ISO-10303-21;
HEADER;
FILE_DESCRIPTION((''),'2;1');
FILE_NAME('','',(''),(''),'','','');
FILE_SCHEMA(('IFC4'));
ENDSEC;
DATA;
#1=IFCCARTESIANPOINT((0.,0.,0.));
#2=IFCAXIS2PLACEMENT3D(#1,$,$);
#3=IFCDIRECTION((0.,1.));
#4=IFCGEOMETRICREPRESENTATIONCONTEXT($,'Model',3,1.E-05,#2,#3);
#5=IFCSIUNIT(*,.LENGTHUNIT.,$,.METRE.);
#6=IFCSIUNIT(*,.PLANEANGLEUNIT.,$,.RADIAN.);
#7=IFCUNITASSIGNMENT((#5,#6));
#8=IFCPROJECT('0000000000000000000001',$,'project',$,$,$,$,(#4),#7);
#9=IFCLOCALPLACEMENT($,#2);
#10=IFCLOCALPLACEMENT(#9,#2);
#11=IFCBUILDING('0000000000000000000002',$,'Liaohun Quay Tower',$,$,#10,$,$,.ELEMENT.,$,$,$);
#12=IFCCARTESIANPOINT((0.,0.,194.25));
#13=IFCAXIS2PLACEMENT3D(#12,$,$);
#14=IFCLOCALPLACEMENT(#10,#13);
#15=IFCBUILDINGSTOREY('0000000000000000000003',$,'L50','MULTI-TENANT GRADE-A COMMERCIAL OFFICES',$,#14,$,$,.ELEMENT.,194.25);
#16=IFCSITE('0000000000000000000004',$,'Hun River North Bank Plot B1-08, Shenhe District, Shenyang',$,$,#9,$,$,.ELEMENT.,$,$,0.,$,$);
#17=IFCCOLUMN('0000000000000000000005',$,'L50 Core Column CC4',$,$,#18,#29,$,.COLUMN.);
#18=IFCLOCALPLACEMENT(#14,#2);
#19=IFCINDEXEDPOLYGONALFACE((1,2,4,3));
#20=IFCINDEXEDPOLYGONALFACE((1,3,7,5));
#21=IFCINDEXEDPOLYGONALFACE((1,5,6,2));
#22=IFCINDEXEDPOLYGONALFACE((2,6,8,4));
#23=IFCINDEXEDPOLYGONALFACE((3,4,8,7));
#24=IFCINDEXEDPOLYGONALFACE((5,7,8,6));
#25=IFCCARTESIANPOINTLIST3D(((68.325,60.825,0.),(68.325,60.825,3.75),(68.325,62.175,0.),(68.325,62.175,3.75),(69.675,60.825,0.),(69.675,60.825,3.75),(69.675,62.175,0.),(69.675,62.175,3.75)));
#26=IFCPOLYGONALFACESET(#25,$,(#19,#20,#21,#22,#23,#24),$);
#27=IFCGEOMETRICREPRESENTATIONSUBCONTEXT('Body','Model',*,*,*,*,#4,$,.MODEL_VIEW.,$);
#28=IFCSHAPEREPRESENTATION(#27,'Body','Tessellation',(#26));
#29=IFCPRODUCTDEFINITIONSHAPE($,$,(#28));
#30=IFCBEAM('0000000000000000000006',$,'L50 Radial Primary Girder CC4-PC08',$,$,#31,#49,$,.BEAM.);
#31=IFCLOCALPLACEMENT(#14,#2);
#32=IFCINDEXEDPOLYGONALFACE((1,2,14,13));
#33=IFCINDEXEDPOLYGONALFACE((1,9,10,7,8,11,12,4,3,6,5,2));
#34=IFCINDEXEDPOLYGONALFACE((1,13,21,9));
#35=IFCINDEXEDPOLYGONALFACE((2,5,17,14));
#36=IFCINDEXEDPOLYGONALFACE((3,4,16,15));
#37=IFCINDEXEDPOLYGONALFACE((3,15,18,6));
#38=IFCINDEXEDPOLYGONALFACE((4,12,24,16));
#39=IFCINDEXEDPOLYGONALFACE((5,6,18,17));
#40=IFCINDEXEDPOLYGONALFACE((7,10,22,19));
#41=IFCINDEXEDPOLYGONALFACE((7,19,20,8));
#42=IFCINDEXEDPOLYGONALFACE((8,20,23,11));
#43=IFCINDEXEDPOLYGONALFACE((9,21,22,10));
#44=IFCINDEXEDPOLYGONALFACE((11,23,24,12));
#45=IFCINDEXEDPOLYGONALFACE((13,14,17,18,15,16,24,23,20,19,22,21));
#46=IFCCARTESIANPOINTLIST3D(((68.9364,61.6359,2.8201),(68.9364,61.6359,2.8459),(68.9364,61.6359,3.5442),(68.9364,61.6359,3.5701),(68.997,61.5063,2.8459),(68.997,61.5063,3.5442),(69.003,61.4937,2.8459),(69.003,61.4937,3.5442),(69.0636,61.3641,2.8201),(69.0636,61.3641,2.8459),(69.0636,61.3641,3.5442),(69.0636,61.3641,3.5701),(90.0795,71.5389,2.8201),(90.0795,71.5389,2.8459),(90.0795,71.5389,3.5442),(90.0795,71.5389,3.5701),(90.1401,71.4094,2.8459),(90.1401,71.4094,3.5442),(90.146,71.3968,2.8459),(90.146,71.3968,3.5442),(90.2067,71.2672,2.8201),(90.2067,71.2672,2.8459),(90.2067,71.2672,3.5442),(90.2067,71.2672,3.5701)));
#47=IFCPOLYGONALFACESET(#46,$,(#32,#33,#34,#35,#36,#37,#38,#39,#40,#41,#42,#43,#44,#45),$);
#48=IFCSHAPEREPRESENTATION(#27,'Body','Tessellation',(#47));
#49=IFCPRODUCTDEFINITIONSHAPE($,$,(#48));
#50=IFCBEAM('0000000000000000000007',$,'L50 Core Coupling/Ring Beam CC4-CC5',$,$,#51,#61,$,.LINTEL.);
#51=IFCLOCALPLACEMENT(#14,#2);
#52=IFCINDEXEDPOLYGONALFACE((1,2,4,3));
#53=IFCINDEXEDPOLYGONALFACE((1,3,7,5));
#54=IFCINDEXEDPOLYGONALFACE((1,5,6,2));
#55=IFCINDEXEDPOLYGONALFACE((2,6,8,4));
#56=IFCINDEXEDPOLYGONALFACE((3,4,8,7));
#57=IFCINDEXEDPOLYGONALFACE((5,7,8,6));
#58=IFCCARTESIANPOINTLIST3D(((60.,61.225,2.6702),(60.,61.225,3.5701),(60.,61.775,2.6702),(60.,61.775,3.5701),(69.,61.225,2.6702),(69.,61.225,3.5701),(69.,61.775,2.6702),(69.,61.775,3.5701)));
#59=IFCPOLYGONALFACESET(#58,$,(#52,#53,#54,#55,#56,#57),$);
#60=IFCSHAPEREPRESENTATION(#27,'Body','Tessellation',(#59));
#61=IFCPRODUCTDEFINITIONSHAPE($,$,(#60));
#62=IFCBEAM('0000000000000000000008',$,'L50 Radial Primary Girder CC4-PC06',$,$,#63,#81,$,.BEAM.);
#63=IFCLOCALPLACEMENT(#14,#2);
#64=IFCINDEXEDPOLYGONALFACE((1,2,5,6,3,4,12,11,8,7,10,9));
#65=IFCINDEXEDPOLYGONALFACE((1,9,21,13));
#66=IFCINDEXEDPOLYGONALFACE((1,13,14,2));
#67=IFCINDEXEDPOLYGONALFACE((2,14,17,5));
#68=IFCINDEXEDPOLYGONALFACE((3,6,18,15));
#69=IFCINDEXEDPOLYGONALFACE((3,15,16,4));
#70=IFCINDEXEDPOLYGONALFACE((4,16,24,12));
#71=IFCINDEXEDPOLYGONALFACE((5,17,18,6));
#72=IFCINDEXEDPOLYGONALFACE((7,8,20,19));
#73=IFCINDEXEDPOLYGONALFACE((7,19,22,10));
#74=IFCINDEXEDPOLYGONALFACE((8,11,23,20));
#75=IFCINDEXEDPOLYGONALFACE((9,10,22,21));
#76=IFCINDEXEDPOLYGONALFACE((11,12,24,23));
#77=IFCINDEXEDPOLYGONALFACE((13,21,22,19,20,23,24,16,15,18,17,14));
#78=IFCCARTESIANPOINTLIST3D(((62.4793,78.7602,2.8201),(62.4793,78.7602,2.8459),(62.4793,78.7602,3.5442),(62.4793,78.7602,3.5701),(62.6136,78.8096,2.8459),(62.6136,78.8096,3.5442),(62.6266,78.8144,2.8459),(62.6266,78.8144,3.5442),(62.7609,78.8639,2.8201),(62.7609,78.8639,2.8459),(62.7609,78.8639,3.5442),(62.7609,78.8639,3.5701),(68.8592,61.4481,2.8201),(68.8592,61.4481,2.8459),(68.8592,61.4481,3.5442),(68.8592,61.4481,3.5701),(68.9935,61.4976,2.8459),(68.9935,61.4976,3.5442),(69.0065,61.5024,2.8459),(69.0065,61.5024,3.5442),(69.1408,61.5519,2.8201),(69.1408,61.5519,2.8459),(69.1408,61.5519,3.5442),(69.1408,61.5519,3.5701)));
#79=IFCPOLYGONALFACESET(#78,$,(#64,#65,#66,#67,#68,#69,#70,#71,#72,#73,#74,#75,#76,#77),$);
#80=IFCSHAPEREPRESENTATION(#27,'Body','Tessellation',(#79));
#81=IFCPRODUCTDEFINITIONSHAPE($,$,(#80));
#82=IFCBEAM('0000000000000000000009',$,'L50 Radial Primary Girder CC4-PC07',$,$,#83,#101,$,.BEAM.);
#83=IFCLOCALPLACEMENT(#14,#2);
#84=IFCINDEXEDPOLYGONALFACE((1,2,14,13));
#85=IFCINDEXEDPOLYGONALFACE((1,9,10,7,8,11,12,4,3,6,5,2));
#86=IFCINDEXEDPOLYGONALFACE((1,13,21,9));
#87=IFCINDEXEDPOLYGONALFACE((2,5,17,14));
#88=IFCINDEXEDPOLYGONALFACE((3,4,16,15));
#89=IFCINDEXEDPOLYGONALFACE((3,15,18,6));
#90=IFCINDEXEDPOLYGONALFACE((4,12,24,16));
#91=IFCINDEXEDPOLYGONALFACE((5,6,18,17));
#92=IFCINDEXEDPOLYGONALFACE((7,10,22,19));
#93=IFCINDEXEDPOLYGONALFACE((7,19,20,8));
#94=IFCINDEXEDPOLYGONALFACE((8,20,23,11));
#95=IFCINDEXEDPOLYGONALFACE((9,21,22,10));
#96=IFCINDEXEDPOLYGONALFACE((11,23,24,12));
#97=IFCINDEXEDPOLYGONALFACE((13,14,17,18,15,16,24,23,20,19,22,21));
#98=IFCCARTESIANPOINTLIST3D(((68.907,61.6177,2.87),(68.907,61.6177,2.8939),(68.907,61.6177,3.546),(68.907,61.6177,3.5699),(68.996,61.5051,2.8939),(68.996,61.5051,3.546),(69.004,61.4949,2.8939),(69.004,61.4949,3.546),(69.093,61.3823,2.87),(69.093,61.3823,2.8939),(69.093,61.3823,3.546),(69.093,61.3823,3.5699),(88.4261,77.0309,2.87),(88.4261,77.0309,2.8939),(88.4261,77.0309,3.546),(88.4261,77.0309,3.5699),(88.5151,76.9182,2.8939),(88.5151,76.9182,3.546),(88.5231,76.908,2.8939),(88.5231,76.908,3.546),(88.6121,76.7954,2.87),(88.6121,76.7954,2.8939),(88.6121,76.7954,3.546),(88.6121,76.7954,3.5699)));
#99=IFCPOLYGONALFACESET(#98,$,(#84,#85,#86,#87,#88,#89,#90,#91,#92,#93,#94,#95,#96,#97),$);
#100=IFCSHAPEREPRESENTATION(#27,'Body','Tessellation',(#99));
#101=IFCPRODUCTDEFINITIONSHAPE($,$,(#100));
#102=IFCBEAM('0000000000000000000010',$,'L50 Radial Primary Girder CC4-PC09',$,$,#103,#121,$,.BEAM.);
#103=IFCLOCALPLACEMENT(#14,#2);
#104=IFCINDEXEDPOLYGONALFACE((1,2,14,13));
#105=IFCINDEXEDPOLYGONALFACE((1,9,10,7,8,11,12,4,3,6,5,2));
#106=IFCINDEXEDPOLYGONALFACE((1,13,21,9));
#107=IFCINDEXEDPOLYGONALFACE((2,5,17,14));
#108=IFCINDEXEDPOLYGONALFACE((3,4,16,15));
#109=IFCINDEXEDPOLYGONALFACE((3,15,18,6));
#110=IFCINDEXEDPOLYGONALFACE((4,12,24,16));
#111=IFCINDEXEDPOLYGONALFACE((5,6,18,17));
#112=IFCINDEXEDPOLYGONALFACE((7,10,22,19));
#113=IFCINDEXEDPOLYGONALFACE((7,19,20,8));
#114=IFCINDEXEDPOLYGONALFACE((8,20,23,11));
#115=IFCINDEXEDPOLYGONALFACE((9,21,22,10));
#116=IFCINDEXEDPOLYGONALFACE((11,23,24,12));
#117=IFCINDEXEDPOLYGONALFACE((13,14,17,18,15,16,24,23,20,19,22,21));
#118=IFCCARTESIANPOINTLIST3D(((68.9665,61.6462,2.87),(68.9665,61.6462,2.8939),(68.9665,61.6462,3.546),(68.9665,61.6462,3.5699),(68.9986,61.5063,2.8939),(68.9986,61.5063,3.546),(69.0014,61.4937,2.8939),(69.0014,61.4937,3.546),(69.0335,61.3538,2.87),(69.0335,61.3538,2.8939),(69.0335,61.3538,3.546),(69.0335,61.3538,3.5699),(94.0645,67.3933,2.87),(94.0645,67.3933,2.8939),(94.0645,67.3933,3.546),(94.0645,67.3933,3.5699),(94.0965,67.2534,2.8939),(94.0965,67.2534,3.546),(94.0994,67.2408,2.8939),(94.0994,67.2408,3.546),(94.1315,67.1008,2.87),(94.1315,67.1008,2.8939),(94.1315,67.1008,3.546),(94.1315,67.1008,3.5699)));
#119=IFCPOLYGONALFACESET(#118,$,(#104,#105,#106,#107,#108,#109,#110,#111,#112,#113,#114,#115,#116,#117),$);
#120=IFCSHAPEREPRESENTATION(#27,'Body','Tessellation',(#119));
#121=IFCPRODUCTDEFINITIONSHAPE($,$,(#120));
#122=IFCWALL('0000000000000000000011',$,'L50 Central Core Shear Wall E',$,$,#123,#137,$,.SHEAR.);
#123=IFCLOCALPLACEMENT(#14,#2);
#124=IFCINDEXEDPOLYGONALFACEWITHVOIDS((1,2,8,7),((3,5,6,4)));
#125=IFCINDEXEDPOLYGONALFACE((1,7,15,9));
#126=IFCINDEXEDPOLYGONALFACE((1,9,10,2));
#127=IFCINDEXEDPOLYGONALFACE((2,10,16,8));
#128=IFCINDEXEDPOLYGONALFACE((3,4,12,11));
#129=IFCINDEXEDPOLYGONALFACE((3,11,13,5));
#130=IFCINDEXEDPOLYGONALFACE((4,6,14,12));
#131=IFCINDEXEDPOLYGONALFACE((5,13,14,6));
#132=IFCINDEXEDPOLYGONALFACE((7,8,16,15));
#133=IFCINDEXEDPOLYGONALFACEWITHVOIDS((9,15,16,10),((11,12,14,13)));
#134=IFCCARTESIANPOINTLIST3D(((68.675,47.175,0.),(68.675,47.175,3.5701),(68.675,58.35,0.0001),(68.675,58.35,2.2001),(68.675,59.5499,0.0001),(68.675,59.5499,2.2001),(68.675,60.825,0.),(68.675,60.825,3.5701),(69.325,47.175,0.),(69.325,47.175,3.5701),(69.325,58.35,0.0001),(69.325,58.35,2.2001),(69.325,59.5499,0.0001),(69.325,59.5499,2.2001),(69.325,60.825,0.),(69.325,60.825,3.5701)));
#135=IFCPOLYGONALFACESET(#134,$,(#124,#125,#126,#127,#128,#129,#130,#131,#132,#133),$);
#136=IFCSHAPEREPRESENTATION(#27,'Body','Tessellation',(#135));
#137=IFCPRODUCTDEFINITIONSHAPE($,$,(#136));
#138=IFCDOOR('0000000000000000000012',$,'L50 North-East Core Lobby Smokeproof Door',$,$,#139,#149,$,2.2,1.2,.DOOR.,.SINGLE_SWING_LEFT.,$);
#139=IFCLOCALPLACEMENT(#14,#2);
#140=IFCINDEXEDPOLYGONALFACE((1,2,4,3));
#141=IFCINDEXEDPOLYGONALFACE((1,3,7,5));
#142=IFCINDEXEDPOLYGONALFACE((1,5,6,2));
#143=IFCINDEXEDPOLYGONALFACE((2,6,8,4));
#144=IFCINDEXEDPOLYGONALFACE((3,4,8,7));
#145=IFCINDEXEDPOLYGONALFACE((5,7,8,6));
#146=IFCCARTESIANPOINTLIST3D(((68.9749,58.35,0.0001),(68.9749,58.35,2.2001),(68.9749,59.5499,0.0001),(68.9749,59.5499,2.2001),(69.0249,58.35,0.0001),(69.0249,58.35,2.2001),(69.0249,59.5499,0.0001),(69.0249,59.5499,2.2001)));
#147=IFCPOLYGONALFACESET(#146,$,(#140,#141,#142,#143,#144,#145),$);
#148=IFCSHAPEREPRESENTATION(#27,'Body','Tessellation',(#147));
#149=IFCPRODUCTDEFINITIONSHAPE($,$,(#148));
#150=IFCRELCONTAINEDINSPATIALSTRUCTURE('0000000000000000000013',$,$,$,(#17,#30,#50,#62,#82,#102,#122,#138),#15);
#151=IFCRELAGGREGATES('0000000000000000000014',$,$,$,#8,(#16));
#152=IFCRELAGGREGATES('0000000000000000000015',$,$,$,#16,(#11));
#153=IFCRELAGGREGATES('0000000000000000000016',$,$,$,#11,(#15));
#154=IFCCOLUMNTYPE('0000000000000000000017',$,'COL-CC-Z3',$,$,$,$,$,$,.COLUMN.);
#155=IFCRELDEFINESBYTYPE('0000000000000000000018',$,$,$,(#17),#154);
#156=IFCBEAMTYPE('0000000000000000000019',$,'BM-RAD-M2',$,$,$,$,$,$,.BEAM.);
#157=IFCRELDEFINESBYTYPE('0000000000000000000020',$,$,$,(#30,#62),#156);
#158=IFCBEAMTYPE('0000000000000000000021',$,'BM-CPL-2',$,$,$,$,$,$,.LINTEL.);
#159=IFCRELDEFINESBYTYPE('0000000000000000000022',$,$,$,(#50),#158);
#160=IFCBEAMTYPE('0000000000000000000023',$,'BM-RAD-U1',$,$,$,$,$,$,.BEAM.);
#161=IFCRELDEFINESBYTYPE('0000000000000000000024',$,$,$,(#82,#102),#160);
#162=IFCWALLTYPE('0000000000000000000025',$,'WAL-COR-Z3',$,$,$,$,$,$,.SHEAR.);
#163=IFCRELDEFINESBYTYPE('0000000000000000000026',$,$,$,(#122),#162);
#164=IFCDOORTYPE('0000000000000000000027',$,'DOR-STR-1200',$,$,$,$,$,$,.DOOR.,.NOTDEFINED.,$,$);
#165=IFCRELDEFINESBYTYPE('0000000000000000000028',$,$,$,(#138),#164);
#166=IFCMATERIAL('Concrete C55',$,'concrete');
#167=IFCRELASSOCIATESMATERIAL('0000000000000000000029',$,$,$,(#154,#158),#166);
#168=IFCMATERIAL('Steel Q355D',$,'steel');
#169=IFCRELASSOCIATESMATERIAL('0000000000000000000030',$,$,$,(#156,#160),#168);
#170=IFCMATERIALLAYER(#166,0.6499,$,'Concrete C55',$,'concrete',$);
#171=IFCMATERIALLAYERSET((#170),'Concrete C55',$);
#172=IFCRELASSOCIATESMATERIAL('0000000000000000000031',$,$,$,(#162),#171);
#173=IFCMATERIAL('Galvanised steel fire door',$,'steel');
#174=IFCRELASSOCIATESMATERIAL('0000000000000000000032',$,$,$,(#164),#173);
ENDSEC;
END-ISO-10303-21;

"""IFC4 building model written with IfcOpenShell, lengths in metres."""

from ifc_helpers import new_model, si_unit, direction, frame, frame_2d, origin, origin_2d, place, context, subcontext, project, spatial, rectangle, i_section, extrude, source, transform, mapped, material, layer, layer_set, material_profile, profile_set, type_object, element, fill, save


model = new_model("IFC4")

# Units and contexts
model_context = context("Model", 3, precision=1e-05, world=origin(), true_north=direction((0.0, 1.0)))
body_context = subcontext(model_context, "Body", "Model", "MODEL_VIEW")
ifc_project = project(units=[si_unit("LENGTHUNIT", "METRE"), si_unit("PLANEANGLEUNIT", "RADIAN")], contexts=[model_context])

# Site, building, storey
site_placement = place(None, origin())
site = spatial("IfcSite", under=ifc_project, at=site_placement, Name="Hun River North Bank Plot B1-08, Shenhe District, Shenyang", CompositionType="ELEMENT", RefElevation=0.0)
building_placement = place(site_placement, origin())
building = spatial("IfcBuilding", under=site, at=building_placement, Name="Liaohun Quay Tower", CompositionType="ELEMENT")
storey_placement = place(building_placement, frame((0.0, 0.0, 194.25)))
storey = spatial("IfcBuildingStorey", under=building, at=storey_placement, Name="L50", Description="MULTI-TENANT GRADE-A COMMERCIAL OFFICES", CompositionType="ELEMENT", Elevation=194.25)

# Column
ifc_material_1 = material(Name="Concrete C55", Category="concrete")
ifc_material_profile_1 = material_profile(ifc_material_1, rectangle(XDim=1.3501, YDim=1.3501, at=origin_2d()), Name="RC1350x1350")
ifc_profile_set_1 = profile_set([ifc_material_profile_1], Name="Concrete C55")
column_type = type_object("IfcColumnType", Name="COL-CC-Z3", PredefinedType="COLUMN", material=ifc_profile_set_1)
shared_shape_1 = source(origin(), body_context, "Body", "SweptSolid", [
    extrude(rectangle(XDim=1.3501, YDim=1.3501, at=origin_2d()), origin(), (0.0, 0.0, 1.0), 3.75),
])
column_placement = place(storey_placement, frame((69.0, 61.5, 0.0), z_axis=(0.0, 0.0, 1.0), x_axis=(1.0, 0.0, 0.0)))
element("IfcColumn", 1, at=column_placement, inside=storey, type_object=column_type, Name="L50 Core Column CC4", PredefinedType="COLUMN", context=body_context, shape_type="MappedRepresentation", body=[
    mapped(shared_shape_1, transform((0.0, 0.0, 0.0), x_axis=(1.0, 0.0, 0.0), y_axis=(0.0, 1.0, 0.0), z_axis=(0.0, 0.0, 1.0), scale=1.0)),
])

# Beams
ifc_material_2 = material(Name="Steel Q355D", Category="steel")
ifc_material_profile_2 = material_profile(ifc_material_2, i_section(OverallWidth=0.3, OverallDepth=0.75, WebThickness=0.0139, FlangeThickness=0.0259, at=origin_2d()), Name="HN750x300x14x26")
ifc_profile_set_2 = profile_set([ifc_material_profile_2], Name="Steel Q355D")
beam_type_1 = type_object("IfcBeamType", Name="BM-RAD-M2", PredefinedType="BEAM", material=ifc_profile_set_2)
shared_shape_2 = source(origin(), body_context, "Body", "SweptSolid", [
    extrude(i_section(OverallWidth=0.3, OverallDepth=0.75, WebThickness=0.0139, FlangeThickness=0.0259, at=origin_2d()), origin(), (0.0, 0.0, 1.0), 23.3474),
])
beam_1_placement = place(storey_placement, frame((69.0, 61.5, 3.1951), z_axis=(0.905586, 0.424162, 0.0), x_axis=(-0.424162, 0.905586, 0.0)))
element("IfcBeam", 2, at=beam_1_placement, inside=storey, type_object=beam_type_1, Name="L50 Radial Primary Girder CC4-PC08", PredefinedType="BEAM", context=body_context, shape_type="MappedRepresentation", body=[
    mapped(shared_shape_2, transform((0.0, 0.0, 0.0), x_axis=(1.0, 0.0, 0.0), y_axis=(0.0, 1.0, 0.0), z_axis=(0.0, 0.0, 1.0), scale=1.0)),
])
ifc_material_profile_3 = material_profile(ifc_material_1, rectangle(XDim=0.55, YDim=0.8999, at=origin_2d()), Name="RC550x900")
ifc_profile_set_3 = profile_set([ifc_material_profile_3], Name="Concrete C55")
beam_type_2 = type_object("IfcBeamType", Name="BM-CPL-2", PredefinedType="LINTEL", material=ifc_profile_set_3)
shared_shape_3 = source(origin(), body_context, "Body", "SweptSolid", [
    extrude(rectangle(XDim=0.55, YDim=0.8999, at=origin_2d()), origin(), (0.0, 0.0, 1.0), 9.0),
])
beam_2_placement = place(storey_placement, frame((69.0, 61.5, 3.1201), z_axis=(-1.0, 0.0, 0.0), x_axis=(0.0, -1.0, 0.0)))
element("IfcBeam", 3, at=beam_2_placement, inside=storey, type_object=beam_type_2, Name="L50 Core Coupling/Ring Beam CC4-CC5", PredefinedType="LINTEL", context=body_context, shape_type="MappedRepresentation", body=[
    mapped(shared_shape_3, transform((0.0, 0.0, 0.0), x_axis=(1.0, 0.0, 0.0), y_axis=(0.0, 1.0, 0.0), z_axis=(0.0, 0.0, 1.0), scale=1.0)),
])
shared_shape_4 = source(origin(), body_context, "Body", "SweptSolid", [
    extrude(i_section(OverallWidth=0.3, OverallDepth=0.75, WebThickness=0.0139, FlangeThickness=0.0259, at=origin_2d()), origin(), (0.0, 0.0, 1.0), 18.4502),
])
beam_3_placement = place(storey_placement, frame((69.0, 61.5, 3.1951), z_axis=(-0.34579, 0.938312, 0.0), x_axis=(-0.938312, -0.34579, 0.0)))
element("IfcBeam", 4, at=beam_3_placement, inside=storey, type_object=beam_type_1, Name="L50 Radial Primary Girder CC4-PC06", PredefinedType="BEAM", context=body_context, shape_type="MappedRepresentation", body=[
    mapped(shared_shape_4, transform((0.0, 0.0, 0.0), x_axis=(1.0, 0.0, 0.0), y_axis=(0.0, 1.0, 0.0), z_axis=(0.0, 0.0, 1.0), scale=1.0)),
])
ifc_material_profile_4 = material_profile(ifc_material_2, i_section(OverallWidth=0.3, OverallDepth=0.7, WebThickness=0.0129, FlangeThickness=0.0239, at=origin_2d()), Name="HN700x300x13x24")
ifc_profile_set_4 = profile_set([ifc_material_profile_4], Name="Steel Q355D")
beam_type_3 = type_object("IfcBeamType", Name="BM-RAD-U1", PredefinedType="BEAM", material=ifc_profile_set_4)
shared_shape_5 = source(origin(), body_context, "Body", "SweptSolid", [
    extrude(i_section(OverallWidth=0.3, OverallDepth=0.7, WebThickness=0.0129, FlangeThickness=0.0239, at=origin_2d()), origin(), (0.0, 0.0, 1.0), 24.8708),
])
beam_4_placement = place(storey_placement, frame((69.0, 61.5, 3.22), z_axis=(0.784818, 0.619726, 0.0), x_axis=(-0.619726, 0.784818, 0.0)))
element("IfcBeam", 5, at=beam_4_placement, inside=storey, type_object=beam_type_3, Name="L50 Radial Primary Girder CC4-PC07", PredefinedType="BEAM", context=body_context, shape_type="MappedRepresentation", body=[
    mapped(shared_shape_5, transform((0.0, 0.0, 0.0), x_axis=(1.0, 0.0, 0.0), y_axis=(0.0, 1.0, 0.0), z_axis=(0.0, 0.0, 1.0), scale=1.0)),
])
shared_shape_6 = source(origin(), body_context, "Body", "SweptSolid", [
    extrude(i_section(OverallWidth=0.3, OverallDepth=0.7, WebThickness=0.0129, FlangeThickness=0.0239, at=origin_2d()), origin(), (0.0, 0.0, 1.0), 25.7476),
])
beam_5_placement = place(storey_placement, frame((69.0, 61.5, 3.22), z_axis=(0.974771, 0.223209, 0.0), x_axis=(-0.223209, 0.974771, 0.0)))
element("IfcBeam", 6, at=beam_5_placement, inside=storey, type_object=beam_type_3, Name="L50 Radial Primary Girder CC4-PC09", PredefinedType="BEAM", context=body_context, shape_type="MappedRepresentation", body=[
    mapped(shared_shape_6, transform((0.0, 0.0, 0.0), x_axis=(1.0, 0.0, 0.0), y_axis=(0.0, 1.0, 0.0), z_axis=(0.0, 0.0, 1.0), scale=1.0)),
])

# Wall, opening, door
ifc_layer_1 = layer(ifc_material_1, 0.6499, Name="Concrete C55", Category="concrete")
ifc_layer_set_1 = layer_set([ifc_layer_1], Name="Concrete C55")
wall_type_1 = type_object("IfcWallType", Name="WAL-COR-Z3", PredefinedType="SHEAR", material=ifc_layer_set_1)
wall_1_placement = place(storey_placement, frame((69.0, 60.825, 0.0), z_axis=(0.0, 0.0, 1.0), x_axis=(0.0, -1.0, 0.0)))
wall_1 = element("IfcWall", 7, at=wall_1_placement, inside=storey, type_object=wall_type_1, Name="L50 Central Core Shear Wall E", PredefinedType="SHEAR", context=body_context, shape_type="SweptSolid", body=[
    extrude(rectangle(XDim=13.6499, YDim=0.6499, at=frame_2d((6.825, 0.0))), origin(), (0.0, 0.0, 1.0), 3.5701),
])
shared_shape_7 = source(origin(), body_context, "Body", "SweptSolid", [
    extrude(rectangle(XDim=1.2, YDim=2.2, at=frame_2d((0.6001, 1.1001))), frame((0.0, 0.335, 0.0), z_axis=(0.0, -1.0, 0.0), x_axis=(1.0, 0.0, 0.0)), (0.0, 0.0, 1.0), 0.6699),
])
opening_1_placement = place(wall_1_placement, frame((1.2749, 0.0, 0.0)))
opening_1 = element("IfcOpeningElement", 8, at=opening_1_placement, cuts=wall_1, PredefinedType="OPENING", context=body_context, shape_type="MappedRepresentation", body=[
    mapped(shared_shape_7, transform((0.0, 0.0, 0.0), x_axis=(1.0, 0.0, 0.0), y_axis=(0.0, 1.0, 0.0), z_axis=(0.0, 0.0, 1.0), scale=1.0)),
])
ifc_material_3 = material(Name="Galvanised steel fire door", Category="steel")
door_type_1 = type_object("IfcDoorType", Name="DOR-STR-1200", OperationType="NOTDEFINED", PredefinedType="DOOR", material=ifc_material_3)
shared_shape_8 = source(origin(), body_context, "Body", "SweptSolid", [
    extrude(rectangle(XDim=1.2, YDim=2.2, at=frame_2d((0.6001, 1.1001))), frame((0.0, 0.0249, 0.0), z_axis=(0.0, -1.0, 0.0), x_axis=(1.0, 0.0, 0.0)), (0.0, 0.0, 1.0), 0.05),
])
door_1_placement = place(opening_1_placement, origin())
door_1 = element("IfcDoor", 9, at=door_1_placement, inside=storey, type_object=door_type_1, Name="L50 North-East Core Lobby Smokeproof Door", OperationType="SINGLE_SWING_LEFT", OverallHeight=2.2, OverallWidth=1.2, PredefinedType="DOOR", context=body_context, shape_type="MappedRepresentation", body=[
    mapped(shared_shape_8, transform((0.0, 0.0, 0.0), x_axis=(1.0, 0.0, 0.0), y_axis=(0.0, 1.0, 0.0), z_axis=(0.0, 0.0, 1.0), scale=1.0)),
])
fill(opening_1, door_1)

save(model, "model.ifc")
